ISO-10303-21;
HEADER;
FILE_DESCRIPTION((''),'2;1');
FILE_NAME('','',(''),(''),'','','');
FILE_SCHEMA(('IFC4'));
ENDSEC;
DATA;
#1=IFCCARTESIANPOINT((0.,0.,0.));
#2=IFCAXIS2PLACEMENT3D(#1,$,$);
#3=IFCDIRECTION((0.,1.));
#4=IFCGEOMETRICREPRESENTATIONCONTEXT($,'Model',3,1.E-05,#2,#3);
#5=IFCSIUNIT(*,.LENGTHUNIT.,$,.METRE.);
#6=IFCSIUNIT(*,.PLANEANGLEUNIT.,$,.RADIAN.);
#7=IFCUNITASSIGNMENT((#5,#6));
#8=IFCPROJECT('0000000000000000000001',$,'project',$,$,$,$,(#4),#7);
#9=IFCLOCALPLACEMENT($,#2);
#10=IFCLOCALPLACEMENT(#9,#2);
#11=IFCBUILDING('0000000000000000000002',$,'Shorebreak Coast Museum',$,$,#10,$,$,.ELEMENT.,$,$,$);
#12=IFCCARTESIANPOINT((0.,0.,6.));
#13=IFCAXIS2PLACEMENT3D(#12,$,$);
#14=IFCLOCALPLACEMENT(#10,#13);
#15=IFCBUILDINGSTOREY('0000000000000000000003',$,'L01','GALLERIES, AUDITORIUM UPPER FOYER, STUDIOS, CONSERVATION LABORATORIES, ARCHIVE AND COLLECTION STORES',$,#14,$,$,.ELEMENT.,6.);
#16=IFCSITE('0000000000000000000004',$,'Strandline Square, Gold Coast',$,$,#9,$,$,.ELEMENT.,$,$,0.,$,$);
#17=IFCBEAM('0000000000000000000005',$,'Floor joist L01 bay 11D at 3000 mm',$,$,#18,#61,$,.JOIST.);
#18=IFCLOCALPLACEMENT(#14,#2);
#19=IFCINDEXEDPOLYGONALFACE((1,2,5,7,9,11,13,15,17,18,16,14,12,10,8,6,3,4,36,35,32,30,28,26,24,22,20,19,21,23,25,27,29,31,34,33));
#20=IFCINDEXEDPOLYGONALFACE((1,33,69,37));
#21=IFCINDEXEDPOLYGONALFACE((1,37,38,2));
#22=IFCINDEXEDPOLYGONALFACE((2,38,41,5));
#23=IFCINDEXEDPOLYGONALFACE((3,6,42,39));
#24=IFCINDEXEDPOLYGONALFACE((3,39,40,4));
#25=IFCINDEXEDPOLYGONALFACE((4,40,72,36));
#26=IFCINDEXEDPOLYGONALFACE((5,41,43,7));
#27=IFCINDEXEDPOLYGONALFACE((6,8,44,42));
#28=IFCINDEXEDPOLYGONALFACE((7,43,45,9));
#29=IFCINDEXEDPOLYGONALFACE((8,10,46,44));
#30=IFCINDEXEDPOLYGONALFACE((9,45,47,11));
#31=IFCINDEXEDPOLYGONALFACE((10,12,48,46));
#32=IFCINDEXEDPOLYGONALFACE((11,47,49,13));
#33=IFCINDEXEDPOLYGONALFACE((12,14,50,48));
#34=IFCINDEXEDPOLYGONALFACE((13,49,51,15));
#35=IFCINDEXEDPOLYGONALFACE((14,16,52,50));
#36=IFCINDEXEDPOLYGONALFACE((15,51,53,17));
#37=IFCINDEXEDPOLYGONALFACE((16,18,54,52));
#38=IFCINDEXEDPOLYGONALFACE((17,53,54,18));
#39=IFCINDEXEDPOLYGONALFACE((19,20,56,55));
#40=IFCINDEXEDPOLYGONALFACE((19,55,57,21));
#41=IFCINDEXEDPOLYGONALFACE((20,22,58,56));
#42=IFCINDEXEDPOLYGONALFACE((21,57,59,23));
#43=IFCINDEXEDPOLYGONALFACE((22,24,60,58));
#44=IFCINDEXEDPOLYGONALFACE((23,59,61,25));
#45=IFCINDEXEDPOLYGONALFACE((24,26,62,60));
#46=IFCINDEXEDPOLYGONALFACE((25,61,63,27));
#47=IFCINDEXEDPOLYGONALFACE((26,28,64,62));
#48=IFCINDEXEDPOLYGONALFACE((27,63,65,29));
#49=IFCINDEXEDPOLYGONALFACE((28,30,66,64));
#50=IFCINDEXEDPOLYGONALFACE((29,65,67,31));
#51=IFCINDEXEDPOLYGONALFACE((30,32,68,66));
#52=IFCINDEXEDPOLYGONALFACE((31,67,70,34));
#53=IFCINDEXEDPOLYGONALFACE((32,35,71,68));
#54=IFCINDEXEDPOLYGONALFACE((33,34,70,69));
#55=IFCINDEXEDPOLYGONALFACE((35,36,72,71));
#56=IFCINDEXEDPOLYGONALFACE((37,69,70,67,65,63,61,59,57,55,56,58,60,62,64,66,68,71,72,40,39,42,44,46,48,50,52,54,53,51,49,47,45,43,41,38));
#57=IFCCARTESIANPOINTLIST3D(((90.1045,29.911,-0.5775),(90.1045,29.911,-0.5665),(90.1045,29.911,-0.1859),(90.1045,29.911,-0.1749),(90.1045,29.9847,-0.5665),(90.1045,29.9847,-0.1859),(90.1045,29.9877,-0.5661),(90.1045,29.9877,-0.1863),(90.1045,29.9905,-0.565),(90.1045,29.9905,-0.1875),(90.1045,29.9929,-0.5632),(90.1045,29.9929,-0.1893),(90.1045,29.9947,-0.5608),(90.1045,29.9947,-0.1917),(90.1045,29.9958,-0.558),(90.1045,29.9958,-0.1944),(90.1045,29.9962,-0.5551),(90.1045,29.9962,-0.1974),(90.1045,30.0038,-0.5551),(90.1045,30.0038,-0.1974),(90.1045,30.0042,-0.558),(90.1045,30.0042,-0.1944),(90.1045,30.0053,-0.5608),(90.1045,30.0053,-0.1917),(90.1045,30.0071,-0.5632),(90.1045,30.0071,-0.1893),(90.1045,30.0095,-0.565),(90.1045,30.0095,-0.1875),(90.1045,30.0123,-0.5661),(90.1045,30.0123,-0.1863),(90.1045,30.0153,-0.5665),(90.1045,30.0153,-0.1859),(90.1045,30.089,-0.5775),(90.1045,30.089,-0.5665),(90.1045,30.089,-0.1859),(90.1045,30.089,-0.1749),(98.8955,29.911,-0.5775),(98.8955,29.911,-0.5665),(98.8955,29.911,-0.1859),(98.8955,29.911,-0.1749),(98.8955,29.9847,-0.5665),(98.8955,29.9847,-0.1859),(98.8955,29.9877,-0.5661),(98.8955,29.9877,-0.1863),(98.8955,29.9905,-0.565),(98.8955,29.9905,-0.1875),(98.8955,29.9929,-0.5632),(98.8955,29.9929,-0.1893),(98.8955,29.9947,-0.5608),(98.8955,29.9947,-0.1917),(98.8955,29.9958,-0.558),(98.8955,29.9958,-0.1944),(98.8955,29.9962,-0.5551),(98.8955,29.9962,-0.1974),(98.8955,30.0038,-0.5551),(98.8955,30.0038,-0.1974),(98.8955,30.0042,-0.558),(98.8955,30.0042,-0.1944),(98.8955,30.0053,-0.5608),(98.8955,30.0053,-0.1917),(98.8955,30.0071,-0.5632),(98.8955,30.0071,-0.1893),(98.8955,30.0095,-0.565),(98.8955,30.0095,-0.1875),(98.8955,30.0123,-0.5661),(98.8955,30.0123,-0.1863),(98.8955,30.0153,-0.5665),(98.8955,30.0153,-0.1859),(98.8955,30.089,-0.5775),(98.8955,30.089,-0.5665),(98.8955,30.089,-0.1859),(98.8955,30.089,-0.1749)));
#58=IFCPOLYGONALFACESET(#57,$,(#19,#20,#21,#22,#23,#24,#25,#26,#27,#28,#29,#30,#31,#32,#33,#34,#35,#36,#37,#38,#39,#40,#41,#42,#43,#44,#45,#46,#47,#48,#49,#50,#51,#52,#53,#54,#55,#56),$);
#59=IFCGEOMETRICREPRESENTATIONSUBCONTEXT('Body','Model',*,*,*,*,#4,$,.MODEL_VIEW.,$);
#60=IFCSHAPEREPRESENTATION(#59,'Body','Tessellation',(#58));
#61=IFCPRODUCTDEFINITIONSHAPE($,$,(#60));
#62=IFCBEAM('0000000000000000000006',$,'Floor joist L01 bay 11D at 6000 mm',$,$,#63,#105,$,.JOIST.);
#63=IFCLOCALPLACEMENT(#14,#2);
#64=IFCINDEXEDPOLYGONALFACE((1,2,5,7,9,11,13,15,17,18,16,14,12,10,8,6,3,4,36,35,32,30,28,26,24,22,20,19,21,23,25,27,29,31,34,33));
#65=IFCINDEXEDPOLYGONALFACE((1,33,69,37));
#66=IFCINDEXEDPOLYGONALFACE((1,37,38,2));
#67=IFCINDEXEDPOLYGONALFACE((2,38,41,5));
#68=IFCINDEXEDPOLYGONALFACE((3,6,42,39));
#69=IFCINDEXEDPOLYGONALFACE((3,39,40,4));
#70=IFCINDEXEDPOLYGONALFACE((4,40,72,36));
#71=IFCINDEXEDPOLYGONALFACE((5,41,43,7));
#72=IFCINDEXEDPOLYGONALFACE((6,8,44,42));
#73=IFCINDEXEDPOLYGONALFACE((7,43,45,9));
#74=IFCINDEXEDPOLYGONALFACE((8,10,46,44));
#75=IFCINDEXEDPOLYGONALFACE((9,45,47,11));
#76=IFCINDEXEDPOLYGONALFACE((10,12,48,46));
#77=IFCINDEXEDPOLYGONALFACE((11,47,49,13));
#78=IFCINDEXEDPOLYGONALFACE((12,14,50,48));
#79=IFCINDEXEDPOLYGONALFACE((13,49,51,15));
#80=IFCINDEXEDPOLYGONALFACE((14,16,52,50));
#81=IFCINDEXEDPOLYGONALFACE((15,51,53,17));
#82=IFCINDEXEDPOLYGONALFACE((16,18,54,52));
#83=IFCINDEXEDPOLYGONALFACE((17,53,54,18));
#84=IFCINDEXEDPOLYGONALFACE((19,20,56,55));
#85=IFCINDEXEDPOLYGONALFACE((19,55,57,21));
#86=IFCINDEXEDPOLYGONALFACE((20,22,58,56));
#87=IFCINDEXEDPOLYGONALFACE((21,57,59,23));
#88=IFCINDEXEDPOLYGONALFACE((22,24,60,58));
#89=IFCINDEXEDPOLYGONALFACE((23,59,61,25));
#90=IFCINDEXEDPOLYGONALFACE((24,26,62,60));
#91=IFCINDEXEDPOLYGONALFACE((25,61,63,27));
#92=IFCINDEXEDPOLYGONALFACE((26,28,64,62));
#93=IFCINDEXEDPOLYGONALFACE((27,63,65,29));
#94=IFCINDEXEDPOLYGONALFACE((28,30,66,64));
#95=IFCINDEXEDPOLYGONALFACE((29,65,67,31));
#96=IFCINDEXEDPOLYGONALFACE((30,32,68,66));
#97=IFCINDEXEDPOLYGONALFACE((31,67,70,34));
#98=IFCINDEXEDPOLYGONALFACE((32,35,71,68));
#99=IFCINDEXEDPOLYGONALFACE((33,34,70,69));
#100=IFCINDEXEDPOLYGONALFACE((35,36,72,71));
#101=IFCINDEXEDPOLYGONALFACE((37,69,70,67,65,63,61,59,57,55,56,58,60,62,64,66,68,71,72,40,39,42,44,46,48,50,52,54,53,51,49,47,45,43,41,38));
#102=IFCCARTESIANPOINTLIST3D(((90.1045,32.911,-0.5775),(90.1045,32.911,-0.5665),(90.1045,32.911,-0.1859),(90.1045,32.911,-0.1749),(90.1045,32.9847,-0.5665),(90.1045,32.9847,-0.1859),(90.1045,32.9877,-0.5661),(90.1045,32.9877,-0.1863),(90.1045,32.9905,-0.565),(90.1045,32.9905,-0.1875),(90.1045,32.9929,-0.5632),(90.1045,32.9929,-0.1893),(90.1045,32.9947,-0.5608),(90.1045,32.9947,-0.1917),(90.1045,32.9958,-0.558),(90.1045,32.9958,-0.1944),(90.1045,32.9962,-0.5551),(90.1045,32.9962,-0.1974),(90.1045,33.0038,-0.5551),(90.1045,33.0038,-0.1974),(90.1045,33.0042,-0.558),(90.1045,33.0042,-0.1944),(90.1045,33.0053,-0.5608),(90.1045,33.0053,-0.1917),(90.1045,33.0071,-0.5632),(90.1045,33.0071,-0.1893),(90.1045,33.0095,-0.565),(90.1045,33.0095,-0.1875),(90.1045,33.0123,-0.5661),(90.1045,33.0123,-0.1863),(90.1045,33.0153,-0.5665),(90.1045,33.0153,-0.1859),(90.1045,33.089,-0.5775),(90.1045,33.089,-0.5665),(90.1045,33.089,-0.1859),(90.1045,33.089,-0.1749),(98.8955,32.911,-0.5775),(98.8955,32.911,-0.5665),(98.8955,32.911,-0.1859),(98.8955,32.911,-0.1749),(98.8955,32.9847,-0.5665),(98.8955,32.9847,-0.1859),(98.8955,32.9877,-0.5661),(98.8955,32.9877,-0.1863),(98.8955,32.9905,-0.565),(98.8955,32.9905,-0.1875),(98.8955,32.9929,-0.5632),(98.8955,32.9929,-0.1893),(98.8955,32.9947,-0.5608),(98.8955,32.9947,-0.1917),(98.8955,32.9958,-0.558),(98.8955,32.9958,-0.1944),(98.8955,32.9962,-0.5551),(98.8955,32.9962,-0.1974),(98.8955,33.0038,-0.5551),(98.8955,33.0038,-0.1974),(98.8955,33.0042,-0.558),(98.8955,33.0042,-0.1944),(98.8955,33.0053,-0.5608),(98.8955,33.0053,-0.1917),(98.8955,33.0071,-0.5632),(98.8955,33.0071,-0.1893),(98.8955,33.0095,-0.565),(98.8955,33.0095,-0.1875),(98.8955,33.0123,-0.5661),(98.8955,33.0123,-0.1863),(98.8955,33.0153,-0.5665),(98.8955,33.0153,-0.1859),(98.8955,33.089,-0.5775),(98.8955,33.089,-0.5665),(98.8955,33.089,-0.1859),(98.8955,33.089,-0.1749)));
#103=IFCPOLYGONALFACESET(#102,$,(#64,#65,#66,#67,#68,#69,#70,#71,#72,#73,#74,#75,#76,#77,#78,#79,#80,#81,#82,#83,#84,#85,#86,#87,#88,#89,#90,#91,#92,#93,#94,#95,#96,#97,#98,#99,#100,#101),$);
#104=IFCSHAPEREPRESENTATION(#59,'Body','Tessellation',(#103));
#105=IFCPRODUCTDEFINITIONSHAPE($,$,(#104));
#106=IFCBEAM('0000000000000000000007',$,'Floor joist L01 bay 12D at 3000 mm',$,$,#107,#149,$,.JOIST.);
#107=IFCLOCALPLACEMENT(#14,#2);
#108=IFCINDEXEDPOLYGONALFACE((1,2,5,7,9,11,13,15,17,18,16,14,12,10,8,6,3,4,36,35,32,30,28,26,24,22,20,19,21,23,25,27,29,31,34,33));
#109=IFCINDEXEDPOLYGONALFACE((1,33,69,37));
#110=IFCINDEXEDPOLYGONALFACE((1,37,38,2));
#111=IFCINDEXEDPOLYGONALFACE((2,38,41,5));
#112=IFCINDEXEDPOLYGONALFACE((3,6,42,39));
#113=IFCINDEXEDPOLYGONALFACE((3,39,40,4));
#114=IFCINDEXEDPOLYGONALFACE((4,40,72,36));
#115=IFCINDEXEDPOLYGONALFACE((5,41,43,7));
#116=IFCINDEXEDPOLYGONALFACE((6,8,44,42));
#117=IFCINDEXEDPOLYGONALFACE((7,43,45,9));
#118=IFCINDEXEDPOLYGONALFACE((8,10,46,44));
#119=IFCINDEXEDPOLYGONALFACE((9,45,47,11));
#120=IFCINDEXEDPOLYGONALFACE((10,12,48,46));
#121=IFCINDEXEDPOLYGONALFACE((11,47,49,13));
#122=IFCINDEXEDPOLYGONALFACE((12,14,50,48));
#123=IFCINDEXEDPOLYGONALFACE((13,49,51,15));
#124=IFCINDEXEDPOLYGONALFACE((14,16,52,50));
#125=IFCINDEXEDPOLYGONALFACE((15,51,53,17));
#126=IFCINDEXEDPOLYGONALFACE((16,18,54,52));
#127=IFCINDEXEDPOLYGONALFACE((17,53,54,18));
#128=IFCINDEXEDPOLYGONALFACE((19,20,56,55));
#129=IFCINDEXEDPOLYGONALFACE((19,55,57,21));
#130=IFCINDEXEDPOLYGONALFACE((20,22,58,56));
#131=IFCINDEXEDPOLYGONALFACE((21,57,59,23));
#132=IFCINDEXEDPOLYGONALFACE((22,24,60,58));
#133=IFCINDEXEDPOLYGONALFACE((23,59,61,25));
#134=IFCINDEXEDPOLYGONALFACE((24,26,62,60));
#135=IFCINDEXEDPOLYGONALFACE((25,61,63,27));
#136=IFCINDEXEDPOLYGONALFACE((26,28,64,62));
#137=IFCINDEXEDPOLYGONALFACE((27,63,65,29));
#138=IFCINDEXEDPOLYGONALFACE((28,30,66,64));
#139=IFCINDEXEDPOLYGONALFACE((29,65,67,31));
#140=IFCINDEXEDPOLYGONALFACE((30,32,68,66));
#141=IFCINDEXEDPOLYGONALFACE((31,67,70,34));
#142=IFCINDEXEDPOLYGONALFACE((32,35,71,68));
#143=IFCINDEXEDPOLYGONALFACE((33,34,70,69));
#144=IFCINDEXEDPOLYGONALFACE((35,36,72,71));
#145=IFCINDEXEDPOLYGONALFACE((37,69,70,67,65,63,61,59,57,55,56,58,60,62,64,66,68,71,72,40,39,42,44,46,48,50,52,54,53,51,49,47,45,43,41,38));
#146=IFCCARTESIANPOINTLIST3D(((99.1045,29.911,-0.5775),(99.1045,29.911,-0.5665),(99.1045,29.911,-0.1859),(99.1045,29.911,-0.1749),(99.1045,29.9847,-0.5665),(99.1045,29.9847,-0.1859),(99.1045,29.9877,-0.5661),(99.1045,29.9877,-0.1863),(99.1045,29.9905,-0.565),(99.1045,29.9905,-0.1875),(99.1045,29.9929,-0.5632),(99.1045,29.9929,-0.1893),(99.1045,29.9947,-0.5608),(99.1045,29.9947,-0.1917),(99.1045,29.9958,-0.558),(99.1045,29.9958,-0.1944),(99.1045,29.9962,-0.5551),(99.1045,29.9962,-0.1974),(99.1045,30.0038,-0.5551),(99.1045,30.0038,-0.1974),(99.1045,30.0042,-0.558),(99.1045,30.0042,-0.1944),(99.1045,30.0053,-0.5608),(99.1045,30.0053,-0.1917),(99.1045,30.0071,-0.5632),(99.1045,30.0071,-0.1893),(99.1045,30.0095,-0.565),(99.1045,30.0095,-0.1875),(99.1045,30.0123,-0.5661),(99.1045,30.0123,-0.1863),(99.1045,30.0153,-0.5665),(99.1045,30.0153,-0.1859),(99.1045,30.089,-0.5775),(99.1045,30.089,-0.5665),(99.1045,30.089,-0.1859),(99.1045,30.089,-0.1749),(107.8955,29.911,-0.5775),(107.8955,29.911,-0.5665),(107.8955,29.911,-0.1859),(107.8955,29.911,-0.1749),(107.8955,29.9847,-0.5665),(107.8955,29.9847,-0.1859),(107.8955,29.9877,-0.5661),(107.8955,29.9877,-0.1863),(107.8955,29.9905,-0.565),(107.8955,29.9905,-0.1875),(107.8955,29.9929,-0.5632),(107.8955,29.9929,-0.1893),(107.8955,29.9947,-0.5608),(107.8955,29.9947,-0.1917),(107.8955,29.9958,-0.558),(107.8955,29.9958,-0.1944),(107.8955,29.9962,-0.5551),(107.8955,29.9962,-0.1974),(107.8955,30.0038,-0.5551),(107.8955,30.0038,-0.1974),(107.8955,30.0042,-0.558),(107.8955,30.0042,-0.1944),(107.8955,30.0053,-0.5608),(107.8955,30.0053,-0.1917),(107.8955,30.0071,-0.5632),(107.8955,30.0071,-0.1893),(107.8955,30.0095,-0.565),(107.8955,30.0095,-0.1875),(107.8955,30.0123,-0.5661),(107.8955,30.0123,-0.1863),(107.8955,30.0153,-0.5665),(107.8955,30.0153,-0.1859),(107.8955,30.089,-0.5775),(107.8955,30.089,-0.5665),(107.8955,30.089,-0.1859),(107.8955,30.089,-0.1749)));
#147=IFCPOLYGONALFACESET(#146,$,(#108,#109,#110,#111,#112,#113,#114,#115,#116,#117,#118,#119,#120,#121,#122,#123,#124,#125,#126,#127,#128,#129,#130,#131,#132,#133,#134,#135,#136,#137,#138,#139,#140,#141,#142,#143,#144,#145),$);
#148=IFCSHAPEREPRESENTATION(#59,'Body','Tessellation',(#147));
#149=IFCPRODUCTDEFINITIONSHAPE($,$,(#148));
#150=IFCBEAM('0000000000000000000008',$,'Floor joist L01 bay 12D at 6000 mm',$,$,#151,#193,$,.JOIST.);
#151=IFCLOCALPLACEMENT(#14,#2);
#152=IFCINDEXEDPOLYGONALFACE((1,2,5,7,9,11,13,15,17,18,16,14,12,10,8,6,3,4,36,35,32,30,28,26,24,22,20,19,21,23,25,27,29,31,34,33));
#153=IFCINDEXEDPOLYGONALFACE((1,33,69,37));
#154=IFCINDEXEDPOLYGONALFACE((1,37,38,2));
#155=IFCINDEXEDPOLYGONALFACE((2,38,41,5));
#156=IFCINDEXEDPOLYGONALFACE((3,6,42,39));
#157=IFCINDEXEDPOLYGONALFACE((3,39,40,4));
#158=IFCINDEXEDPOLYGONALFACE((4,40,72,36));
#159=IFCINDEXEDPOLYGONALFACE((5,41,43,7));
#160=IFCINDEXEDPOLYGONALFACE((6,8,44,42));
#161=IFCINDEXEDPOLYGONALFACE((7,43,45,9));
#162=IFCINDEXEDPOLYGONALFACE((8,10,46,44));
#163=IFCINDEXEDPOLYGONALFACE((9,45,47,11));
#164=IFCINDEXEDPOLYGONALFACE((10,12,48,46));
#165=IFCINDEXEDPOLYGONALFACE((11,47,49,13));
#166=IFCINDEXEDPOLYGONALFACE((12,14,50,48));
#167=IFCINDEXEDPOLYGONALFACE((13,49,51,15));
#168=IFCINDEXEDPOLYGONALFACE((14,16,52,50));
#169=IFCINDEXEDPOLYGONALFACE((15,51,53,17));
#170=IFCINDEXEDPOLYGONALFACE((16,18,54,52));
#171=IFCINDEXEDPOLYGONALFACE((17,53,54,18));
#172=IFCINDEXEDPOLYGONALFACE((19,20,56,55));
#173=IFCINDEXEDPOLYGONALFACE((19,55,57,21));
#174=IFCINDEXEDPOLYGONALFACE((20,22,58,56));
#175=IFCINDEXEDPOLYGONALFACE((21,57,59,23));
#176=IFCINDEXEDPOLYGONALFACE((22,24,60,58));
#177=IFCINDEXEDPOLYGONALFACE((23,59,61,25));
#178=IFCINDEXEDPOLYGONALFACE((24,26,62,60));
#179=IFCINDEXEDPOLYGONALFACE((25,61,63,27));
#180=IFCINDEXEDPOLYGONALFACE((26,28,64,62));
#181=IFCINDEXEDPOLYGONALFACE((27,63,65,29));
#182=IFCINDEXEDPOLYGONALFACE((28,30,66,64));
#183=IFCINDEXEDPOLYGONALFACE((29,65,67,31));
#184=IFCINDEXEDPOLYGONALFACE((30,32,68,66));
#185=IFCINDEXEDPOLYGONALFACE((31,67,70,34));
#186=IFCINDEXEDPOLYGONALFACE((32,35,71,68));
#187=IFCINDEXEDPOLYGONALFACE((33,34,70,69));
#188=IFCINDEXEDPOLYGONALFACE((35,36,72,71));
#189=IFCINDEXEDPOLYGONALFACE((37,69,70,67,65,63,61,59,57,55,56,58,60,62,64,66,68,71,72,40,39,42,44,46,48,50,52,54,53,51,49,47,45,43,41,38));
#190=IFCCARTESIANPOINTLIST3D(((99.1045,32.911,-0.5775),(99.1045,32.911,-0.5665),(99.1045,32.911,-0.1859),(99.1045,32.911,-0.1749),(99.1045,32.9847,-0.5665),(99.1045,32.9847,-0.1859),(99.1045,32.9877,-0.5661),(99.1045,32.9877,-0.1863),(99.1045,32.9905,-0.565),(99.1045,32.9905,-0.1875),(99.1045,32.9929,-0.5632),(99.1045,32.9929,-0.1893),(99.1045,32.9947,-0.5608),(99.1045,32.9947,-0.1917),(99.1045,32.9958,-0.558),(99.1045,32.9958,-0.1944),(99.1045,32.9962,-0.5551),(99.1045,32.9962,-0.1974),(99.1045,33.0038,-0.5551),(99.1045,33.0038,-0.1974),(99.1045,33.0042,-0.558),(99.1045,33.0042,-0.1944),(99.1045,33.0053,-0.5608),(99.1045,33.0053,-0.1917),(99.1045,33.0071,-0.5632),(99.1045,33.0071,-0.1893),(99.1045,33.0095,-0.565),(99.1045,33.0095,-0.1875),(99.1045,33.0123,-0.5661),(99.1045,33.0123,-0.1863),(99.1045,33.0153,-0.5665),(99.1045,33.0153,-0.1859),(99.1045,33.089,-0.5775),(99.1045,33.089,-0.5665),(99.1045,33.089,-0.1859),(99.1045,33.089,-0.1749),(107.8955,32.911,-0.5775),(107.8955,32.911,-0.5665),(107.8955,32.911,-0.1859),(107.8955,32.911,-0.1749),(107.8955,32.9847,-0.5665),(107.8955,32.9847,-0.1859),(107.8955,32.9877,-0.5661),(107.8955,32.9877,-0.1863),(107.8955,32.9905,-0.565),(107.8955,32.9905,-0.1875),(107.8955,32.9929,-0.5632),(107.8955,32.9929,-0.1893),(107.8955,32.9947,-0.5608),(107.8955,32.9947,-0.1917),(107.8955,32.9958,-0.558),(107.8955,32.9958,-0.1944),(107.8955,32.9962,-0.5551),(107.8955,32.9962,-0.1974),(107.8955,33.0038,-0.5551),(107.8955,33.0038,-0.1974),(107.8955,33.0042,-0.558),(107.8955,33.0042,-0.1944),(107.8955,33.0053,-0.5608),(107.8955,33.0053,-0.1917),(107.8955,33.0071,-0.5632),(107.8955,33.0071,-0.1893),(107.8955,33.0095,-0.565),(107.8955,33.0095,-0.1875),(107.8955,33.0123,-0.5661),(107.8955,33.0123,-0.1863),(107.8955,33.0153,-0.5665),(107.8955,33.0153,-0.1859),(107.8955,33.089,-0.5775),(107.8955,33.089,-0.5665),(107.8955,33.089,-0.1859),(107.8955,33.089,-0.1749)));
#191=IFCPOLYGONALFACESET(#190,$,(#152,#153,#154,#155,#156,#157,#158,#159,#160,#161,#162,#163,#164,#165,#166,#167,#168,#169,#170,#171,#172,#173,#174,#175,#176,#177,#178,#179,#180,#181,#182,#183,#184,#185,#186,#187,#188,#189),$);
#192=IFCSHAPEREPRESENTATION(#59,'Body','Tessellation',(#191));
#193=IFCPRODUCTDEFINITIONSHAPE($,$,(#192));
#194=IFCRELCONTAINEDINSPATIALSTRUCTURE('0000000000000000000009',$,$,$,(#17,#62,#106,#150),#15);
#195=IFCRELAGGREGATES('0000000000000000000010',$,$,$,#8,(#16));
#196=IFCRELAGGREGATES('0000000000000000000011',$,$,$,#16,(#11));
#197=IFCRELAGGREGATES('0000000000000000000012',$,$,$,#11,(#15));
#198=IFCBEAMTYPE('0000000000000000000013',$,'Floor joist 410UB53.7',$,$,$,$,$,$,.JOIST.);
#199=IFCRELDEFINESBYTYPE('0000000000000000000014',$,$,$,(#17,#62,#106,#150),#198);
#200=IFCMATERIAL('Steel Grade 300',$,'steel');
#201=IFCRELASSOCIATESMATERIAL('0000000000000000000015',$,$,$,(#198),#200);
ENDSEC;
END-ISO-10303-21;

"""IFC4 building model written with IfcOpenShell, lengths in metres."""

from ifc_helpers import new_model, si_unit, direction, frame, origin, origin_2d, place, context, subcontext, project, spatial, i_section, extrude, material, material_profile, profile_set, type_object, element, save


model = new_model("IFC4")

# Units and contexts
model_context = context("Model", 3, precision=1e-05, world=origin(), true_north=direction((0.0, 1.0)))
body_context = subcontext(model_context, "Body", "Model", "MODEL_VIEW")
ifc_project = project(units=[si_unit("LENGTHUNIT", "METRE"), si_unit("PLANEANGLEUNIT", "RADIAN")], contexts=[model_context])

# Site, building, storey
site_placement = place(None, origin())
site = spatial("IfcSite", under=ifc_project, at=site_placement, Name="Strandline Square, Gold Coast", CompositionType="ELEMENT", RefElevation=0.0)
building_placement = place(site_placement, origin())
building = spatial("IfcBuilding", under=site, at=building_placement, Name="Shorebreak Coast Museum", CompositionType="ELEMENT")
storey_placement = place(building_placement, frame((0.0, 0.0, 6.0)))
storey = spatial("IfcBuildingStorey", under=building, at=storey_placement, Name="L01", Description="GALLERIES, AUDITORIUM UPPER FOYER, STUDIOS, CONSERVATION LABORATORIES, ARCHIVE AND COLLECTION STORES", CompositionType="ELEMENT", Elevation=6.0)

# Beams
ifc_material_1 = material(Name="Steel Grade 300", Category="steel")
ifc_material_profile_1 = material_profile(ifc_material_1, i_section(OverallWidth=0.178, OverallDepth=0.4026, WebThickness=0.0076, FlangeThickness=0.011, FilletRadius=0.0115, at=origin_2d()), Name="410UB53.7")
ifc_profile_set_1 = profile_set([ifc_material_profile_1], Name="Steel Grade 300")
beam_type_1 = type_object("IfcBeamType", Name="Floor joist 410UB53.7", PredefinedType="JOIST", material=ifc_profile_set_1)
for number, where, z_axis, x_axis, name in (
    (1, (90.1045, 30.0, -0.3762), (1.0, 0.0, 0.0), (0.0, 1.0, 0.0), "Floor joist L01 bay 11D at 3000 mm"),
    (2, (90.1045, 33.0, -0.3762), (1.0, 0.0, 0.0), (0.0, 1.0, 0.0), "Floor joist L01 bay 11D at 6000 mm"),
    (3, (99.1045, 30.0, -0.3762), (1.0, 0.0, 0.0), (0.0, 1.0, 0.0), "Floor joist L01 bay 12D at 3000 mm"),
    (4, (99.1045, 33.0, -0.3762), (1.0, 0.0, 0.0), (0.0, 1.0, 0.0), "Floor joist L01 bay 12D at 6000 mm"),
):
    element("IfcBeam", number, at=place(storey_placement, frame(where, z_axis=z_axis, x_axis=x_axis)), inside=storey, type_object=beam_type_1, Name=name, PredefinedType="JOIST", context=body_context, shape_type="SweptSolid", body=[
        extrude(i_section(OverallWidth=0.178, OverallDepth=0.4026, WebThickness=0.0076, FlangeThickness=0.011, FilletRadius=0.0115, at=origin_2d()), origin(), (0.0, 0.0, 1.0), 8.791),
    ])

save(model, "model.ifc")
